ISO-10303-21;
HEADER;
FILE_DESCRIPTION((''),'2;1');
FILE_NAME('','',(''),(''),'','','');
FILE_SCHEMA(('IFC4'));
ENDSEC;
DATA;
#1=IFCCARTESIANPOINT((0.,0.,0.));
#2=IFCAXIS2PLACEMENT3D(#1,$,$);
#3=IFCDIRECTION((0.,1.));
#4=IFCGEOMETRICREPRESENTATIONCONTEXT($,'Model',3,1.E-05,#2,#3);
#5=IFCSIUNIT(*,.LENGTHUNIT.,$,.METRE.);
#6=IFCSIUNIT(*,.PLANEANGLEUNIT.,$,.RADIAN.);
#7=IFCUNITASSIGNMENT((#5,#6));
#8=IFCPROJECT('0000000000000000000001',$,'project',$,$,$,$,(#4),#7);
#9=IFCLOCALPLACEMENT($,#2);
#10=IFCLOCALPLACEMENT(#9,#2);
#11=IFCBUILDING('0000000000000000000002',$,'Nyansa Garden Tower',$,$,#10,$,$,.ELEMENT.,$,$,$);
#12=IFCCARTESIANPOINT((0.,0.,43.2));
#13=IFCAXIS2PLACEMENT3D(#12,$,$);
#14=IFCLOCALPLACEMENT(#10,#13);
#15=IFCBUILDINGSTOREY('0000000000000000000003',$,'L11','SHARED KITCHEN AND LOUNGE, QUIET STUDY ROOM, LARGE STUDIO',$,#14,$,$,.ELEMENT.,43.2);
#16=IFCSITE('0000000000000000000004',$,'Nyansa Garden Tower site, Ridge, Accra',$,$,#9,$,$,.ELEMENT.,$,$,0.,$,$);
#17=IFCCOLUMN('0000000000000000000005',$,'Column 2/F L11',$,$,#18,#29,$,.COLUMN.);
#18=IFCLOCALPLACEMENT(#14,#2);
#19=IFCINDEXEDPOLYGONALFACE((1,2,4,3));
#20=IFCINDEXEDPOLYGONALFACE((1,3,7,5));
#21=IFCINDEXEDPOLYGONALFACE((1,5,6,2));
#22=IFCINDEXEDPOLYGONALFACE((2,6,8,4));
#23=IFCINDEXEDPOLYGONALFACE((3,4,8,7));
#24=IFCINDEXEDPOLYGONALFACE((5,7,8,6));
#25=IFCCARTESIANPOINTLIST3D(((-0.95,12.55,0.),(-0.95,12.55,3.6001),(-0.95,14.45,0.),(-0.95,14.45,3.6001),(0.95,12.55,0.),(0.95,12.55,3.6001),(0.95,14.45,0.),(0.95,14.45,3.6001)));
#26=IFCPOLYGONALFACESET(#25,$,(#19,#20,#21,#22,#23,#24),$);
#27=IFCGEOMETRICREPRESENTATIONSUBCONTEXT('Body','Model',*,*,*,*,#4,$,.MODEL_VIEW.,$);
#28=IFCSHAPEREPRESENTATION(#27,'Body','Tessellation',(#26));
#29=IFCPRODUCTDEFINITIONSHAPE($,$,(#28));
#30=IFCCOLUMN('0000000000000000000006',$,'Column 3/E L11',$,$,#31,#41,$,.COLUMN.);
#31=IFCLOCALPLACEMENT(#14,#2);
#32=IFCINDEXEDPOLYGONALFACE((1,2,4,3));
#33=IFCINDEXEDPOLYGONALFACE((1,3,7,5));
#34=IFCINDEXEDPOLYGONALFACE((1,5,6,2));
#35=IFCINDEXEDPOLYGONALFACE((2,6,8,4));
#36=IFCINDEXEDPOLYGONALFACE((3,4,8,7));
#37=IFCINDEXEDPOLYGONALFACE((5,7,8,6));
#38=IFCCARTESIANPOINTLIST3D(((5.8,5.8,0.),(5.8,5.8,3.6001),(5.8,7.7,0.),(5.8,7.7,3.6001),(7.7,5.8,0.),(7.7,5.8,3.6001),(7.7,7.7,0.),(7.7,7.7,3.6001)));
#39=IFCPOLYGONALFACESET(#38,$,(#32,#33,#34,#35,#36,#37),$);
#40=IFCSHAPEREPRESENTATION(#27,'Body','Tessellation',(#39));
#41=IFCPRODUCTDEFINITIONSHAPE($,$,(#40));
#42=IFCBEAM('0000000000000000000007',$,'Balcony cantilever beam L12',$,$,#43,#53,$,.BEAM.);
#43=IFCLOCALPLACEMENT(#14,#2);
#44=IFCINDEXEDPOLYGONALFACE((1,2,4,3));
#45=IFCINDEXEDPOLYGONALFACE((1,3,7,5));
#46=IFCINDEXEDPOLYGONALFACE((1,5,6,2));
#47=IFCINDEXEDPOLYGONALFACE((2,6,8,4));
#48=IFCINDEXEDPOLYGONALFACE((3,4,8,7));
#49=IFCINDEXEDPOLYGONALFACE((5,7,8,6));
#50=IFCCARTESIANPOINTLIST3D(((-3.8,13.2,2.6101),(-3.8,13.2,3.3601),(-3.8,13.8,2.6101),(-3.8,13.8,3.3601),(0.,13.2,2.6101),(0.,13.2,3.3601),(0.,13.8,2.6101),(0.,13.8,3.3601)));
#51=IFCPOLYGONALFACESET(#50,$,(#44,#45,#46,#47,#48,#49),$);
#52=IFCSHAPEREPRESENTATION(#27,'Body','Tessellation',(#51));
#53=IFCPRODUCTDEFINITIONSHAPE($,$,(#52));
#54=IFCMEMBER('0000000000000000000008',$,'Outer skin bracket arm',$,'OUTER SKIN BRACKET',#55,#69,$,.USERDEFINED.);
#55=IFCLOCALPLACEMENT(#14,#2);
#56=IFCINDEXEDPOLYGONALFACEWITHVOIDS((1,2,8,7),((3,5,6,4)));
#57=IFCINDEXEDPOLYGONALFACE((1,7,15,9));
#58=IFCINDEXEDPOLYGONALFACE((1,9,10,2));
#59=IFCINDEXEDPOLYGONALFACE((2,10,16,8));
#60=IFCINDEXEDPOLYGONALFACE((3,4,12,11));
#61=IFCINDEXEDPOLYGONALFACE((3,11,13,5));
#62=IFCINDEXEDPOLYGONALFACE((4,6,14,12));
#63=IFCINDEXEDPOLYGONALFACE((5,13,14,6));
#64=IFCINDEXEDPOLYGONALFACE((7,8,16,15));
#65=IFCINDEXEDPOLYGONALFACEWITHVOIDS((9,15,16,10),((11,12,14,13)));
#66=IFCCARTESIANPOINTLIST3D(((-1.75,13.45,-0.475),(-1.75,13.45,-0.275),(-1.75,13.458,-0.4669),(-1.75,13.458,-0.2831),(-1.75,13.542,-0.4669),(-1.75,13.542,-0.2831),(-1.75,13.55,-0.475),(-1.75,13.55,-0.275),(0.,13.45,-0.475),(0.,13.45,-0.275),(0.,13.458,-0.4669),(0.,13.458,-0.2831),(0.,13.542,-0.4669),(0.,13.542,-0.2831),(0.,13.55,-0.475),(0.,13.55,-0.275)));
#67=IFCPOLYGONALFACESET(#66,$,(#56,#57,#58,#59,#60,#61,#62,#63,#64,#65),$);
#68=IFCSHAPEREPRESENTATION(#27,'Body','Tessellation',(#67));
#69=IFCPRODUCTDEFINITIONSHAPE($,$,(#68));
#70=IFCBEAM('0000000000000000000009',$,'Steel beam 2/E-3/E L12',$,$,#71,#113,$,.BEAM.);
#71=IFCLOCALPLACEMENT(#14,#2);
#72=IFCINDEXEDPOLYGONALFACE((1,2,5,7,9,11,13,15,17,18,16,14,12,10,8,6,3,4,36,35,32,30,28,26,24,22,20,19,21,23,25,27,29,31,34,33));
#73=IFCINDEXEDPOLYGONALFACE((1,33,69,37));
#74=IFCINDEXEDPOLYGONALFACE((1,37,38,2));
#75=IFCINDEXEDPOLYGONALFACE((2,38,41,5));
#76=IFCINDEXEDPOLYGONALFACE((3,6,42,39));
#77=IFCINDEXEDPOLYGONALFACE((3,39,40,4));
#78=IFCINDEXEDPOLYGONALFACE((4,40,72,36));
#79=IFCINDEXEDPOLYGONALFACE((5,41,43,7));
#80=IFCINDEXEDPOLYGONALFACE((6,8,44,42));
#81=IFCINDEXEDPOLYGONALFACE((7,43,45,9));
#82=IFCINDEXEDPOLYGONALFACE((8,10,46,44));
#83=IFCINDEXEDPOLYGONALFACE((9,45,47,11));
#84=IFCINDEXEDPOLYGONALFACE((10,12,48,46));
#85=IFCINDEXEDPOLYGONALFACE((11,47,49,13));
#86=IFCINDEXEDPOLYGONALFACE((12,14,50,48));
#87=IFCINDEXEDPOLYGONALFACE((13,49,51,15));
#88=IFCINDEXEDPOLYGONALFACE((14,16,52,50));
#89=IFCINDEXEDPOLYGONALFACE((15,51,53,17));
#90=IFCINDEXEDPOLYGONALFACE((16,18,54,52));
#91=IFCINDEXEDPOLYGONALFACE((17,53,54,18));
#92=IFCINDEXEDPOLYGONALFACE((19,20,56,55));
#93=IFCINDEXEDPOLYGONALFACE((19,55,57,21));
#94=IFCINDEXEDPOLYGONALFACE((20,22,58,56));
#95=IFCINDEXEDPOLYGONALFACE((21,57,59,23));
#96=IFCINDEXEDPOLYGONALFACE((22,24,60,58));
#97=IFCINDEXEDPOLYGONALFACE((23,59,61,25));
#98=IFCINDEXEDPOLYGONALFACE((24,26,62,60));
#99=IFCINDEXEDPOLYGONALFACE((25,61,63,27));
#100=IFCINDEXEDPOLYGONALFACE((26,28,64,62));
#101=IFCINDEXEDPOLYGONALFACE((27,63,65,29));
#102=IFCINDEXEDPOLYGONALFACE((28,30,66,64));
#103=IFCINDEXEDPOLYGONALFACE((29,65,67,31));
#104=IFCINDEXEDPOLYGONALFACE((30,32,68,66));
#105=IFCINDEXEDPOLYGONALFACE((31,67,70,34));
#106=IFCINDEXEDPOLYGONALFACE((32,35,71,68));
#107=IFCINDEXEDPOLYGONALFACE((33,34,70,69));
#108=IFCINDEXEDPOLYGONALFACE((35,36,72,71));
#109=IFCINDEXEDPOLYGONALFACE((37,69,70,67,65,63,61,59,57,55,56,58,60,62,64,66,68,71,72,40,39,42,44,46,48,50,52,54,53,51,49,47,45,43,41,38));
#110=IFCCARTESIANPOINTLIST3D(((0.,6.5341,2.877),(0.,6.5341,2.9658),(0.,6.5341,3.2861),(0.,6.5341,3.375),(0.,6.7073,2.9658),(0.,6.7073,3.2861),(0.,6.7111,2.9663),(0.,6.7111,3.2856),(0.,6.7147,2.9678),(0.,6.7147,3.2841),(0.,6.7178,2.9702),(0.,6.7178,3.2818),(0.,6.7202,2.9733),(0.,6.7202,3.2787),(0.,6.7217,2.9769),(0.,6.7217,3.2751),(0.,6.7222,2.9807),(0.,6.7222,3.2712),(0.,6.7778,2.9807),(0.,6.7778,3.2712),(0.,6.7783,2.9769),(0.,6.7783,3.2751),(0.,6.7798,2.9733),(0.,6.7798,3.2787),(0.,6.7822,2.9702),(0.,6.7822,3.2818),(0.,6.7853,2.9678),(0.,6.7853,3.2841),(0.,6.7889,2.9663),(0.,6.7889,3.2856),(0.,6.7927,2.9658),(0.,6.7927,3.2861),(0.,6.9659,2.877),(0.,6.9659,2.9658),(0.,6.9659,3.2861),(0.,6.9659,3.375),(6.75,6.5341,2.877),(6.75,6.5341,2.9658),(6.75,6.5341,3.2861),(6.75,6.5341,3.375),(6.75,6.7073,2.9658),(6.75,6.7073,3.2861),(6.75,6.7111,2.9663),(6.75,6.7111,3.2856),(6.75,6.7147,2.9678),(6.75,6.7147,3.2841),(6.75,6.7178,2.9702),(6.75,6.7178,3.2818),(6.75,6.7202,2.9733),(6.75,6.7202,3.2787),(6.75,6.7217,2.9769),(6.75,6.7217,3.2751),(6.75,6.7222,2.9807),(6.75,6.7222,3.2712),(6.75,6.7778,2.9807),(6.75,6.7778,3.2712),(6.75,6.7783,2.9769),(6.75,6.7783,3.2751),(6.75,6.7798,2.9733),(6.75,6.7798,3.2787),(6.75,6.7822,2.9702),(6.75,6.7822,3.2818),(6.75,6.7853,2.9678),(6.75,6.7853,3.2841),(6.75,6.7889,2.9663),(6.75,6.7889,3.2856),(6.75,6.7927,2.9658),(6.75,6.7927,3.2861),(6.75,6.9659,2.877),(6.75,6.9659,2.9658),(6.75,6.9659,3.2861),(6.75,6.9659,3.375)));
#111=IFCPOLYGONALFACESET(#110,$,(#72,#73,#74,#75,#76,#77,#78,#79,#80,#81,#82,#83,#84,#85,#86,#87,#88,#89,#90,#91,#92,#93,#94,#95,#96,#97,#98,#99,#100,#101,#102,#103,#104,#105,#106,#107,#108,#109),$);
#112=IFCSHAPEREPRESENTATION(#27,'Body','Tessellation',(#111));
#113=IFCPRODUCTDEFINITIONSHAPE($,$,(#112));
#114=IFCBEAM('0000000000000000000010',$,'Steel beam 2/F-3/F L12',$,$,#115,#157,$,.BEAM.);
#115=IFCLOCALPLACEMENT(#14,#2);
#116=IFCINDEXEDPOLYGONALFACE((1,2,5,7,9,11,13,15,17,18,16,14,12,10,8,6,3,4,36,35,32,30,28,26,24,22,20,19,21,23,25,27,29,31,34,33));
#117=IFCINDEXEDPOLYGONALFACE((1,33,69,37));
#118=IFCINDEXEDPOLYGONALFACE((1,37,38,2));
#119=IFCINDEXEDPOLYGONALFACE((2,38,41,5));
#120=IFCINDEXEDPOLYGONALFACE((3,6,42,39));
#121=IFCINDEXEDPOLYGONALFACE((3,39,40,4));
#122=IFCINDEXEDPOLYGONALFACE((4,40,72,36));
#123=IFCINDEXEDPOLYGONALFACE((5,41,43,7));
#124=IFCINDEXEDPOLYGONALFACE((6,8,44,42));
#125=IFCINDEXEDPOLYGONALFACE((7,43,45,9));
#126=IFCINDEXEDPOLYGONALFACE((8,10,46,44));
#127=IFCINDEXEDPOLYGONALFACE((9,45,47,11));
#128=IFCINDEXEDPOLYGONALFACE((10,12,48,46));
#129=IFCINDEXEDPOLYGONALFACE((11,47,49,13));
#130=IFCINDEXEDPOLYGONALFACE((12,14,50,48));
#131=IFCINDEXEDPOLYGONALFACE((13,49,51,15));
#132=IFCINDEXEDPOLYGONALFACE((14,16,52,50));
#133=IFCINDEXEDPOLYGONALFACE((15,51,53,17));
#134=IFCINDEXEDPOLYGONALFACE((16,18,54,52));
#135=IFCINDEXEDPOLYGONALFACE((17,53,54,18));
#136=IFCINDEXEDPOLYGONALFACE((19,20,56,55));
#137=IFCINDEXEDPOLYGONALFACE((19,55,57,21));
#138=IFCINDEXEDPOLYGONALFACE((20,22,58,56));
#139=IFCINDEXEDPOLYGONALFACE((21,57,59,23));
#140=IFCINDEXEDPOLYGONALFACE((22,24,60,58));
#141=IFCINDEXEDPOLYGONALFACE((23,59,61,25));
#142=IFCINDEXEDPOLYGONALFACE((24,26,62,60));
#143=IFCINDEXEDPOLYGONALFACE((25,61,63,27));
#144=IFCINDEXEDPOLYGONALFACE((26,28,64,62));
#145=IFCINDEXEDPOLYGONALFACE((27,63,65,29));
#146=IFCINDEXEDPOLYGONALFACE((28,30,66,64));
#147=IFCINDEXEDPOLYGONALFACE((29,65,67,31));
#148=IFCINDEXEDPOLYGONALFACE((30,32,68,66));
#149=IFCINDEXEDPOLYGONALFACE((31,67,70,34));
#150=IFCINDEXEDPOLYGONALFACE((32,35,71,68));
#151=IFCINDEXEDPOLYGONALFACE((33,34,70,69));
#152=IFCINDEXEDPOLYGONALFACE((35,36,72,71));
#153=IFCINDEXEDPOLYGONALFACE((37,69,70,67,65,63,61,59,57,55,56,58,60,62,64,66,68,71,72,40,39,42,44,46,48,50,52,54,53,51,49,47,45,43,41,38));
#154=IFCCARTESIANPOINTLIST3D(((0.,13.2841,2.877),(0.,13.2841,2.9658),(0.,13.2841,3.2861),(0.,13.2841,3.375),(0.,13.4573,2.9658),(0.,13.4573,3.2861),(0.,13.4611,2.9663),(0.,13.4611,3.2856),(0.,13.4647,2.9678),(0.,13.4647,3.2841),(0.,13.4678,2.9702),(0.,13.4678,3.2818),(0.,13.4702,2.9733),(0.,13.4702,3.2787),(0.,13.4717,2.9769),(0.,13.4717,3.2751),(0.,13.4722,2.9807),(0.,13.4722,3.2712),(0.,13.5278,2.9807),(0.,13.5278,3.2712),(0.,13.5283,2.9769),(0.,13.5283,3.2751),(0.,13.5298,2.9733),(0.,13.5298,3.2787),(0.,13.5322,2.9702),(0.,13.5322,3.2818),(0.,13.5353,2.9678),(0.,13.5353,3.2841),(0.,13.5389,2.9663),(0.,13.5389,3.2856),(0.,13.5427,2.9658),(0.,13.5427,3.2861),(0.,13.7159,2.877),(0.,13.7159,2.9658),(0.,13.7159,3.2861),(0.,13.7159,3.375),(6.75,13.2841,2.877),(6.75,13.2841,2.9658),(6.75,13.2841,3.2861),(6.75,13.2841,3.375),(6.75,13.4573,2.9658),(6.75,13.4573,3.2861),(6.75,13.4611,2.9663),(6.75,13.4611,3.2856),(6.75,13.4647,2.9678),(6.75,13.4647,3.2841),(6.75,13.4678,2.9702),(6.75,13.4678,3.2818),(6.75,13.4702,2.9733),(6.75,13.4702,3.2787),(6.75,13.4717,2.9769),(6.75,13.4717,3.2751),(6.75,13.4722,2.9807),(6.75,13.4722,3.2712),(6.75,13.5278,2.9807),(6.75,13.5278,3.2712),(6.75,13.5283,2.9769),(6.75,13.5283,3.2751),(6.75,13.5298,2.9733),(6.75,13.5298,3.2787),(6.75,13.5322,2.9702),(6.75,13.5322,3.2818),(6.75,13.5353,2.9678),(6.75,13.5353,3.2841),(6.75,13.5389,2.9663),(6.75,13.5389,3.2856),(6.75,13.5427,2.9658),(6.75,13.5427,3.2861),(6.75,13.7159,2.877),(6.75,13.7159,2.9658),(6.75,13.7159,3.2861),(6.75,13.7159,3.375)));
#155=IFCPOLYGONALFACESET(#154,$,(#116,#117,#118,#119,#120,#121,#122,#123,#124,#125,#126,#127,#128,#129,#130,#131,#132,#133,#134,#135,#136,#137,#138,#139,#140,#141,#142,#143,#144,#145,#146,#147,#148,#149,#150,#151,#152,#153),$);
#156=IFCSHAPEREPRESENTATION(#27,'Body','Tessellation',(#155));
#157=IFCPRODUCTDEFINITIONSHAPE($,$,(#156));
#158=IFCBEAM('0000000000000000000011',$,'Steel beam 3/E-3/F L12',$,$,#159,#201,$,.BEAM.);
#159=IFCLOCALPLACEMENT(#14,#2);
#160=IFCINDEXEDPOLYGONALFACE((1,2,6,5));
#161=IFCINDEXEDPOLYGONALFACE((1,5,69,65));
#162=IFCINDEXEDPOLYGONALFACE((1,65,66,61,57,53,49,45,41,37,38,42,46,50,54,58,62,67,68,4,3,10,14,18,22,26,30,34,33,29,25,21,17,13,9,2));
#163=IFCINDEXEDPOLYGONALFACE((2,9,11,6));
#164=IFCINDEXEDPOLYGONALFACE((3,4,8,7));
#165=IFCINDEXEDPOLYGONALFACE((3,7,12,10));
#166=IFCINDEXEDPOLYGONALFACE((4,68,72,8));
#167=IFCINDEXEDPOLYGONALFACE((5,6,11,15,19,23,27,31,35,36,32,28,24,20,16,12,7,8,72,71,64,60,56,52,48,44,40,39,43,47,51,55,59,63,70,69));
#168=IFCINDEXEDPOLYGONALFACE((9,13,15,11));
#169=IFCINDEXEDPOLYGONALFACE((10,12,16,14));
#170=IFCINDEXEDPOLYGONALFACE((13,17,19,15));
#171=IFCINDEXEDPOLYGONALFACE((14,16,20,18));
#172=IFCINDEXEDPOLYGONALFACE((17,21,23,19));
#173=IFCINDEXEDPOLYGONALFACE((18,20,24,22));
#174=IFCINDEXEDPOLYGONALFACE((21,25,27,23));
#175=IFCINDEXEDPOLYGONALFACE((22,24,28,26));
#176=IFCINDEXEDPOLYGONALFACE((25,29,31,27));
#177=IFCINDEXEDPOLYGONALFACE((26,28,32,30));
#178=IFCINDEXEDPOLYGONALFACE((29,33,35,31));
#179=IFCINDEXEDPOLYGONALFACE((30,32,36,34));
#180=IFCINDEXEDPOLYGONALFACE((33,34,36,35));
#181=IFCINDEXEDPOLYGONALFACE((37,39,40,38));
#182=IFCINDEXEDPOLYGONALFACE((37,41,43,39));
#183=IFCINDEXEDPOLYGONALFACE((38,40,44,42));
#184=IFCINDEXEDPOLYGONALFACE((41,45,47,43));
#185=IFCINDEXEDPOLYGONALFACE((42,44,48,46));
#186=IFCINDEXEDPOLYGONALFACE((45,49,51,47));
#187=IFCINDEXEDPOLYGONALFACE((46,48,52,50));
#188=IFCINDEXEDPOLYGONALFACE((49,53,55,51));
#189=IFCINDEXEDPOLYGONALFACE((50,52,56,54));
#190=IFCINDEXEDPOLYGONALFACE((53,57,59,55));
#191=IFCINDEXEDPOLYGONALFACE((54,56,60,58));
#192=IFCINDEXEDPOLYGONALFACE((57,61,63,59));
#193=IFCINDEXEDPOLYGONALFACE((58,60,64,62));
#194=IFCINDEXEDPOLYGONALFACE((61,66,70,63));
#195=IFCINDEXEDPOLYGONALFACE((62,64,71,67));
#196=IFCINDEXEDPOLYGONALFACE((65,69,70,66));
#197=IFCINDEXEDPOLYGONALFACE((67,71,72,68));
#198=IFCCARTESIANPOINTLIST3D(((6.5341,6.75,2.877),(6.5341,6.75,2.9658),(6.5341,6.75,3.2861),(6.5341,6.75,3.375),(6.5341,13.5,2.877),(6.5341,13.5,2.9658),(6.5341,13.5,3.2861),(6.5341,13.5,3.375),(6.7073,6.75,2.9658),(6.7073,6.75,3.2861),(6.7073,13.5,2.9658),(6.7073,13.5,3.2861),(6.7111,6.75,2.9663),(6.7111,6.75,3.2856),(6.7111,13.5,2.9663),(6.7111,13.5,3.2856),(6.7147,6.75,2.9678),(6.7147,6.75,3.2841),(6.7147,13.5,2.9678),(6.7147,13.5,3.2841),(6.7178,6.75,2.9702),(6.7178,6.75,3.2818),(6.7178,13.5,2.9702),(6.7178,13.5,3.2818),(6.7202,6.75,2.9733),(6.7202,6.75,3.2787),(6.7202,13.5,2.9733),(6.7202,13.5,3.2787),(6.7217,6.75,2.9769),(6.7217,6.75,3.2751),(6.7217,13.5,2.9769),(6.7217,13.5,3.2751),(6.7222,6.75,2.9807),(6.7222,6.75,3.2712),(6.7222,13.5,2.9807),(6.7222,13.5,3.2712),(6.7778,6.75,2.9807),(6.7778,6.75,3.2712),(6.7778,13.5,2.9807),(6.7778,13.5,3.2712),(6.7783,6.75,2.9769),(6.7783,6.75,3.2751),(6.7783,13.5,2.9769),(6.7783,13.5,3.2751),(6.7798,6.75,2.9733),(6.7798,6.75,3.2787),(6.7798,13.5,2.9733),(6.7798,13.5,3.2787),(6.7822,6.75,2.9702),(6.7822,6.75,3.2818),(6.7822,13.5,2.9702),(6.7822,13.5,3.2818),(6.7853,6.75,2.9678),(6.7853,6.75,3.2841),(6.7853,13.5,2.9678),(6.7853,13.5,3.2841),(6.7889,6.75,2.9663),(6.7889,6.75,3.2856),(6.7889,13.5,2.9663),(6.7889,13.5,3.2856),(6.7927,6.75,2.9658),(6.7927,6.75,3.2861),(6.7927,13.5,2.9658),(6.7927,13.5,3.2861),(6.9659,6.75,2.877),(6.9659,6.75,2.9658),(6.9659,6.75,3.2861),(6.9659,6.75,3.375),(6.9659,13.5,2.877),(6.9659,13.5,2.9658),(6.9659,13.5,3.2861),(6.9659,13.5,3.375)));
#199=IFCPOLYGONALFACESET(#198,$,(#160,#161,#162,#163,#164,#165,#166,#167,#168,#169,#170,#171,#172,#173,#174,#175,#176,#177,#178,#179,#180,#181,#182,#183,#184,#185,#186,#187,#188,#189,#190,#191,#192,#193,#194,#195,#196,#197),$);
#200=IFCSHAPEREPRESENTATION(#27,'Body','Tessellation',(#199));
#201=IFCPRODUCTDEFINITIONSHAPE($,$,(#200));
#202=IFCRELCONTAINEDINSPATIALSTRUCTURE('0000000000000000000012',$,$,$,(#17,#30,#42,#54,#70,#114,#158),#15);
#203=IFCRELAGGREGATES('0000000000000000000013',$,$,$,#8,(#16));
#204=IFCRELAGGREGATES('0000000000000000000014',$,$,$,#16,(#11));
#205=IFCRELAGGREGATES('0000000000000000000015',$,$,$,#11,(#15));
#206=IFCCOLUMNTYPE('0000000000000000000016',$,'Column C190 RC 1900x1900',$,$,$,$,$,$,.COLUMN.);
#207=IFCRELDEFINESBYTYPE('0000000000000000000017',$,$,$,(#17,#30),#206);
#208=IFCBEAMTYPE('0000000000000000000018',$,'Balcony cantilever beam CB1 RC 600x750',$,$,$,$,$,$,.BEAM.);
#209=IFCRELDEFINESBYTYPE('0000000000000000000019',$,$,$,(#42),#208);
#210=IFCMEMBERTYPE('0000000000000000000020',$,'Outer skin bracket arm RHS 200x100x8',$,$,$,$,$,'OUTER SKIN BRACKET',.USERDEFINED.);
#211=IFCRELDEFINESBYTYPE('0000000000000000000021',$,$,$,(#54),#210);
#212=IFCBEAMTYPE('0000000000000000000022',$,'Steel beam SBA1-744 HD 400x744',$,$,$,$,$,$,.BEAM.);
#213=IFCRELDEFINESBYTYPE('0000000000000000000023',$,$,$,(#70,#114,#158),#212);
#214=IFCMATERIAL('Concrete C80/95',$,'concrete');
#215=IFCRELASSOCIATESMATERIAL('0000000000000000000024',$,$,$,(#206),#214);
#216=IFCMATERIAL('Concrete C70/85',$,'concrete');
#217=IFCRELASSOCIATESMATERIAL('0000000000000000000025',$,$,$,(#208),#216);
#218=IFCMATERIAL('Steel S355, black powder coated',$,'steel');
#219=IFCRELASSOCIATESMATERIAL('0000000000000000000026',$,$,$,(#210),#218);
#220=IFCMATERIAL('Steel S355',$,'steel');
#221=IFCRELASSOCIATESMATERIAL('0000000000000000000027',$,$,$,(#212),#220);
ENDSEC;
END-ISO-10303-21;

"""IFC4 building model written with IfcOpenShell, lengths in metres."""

from ifc_helpers import new_model, si_unit, direction, frame, origin, origin_2d, place, context, subcontext, project, spatial, rectangle, hollow_rectangle, i_section, extrude, material, material_profile, profile_set, type_object, element, save


model = new_model("IFC4")

# Units and contexts
model_context = context("Model", 3, precision=1e-05, world=origin(), true_north=direction((0.0, 1.0)))
body_context = subcontext(model_context, "Body", "Model", "MODEL_VIEW")
ifc_project = project(units=[si_unit("LENGTHUNIT", "METRE"), si_unit("PLANEANGLEUNIT", "RADIAN")], contexts=[model_context])

# Site, building, storey
site_placement = place(None, origin())
site = spatial("IfcSite", under=ifc_project, at=site_placement, Name="Nyansa Garden Tower site, Ridge, Accra", CompositionType="ELEMENT", RefElevation=0.0)
building_placement = place(site_placement, origin())
building = spatial("IfcBuilding", under=site, at=building_placement, Name="Nyansa Garden Tower", CompositionType="ELEMENT")
storey_placement = place(building_placement, frame((0.0, 0.0, 43.2)))
storey = spatial("IfcBuildingStorey", under=building, at=storey_placement, Name="L11", Description="SHARED KITCHEN AND LOUNGE, QUIET STUDY ROOM, LARGE STUDIO", CompositionType="ELEMENT", Elevation=43.2)

# Columns
ifc_material_1 = material(Name="Concrete C80/95", Category="concrete")
ifc_material_profile_1 = material_profile(ifc_material_1, rectangle(XDim=1.8999, YDim=1.8999, at=origin_2d()), Name="RC 1900x1900")
ifc_profile_set_1 = profile_set([ifc_material_profile_1], Name="Concrete C80/95")
column_type = type_object("IfcColumnType", Name="Column C190 RC 1900x1900", PredefinedType="COLUMN", material=ifc_profile_set_1)
for number, where, z_axis, x_axis, name in (
    (1, (0.0, 13.5, 0.0), (0.0, 0.0, 1.0), (1.0, 0.0, 0.0), "Column 2/F L11"),
    (2, (6.75, 6.75, 0.0), (0.0, 0.0, 1.0), (1.0, 0.0, 0.0), "Column 3/E L11"),
):
    element("IfcColumn", number, at=place(storey_placement, frame(where, z_axis=z_axis, x_axis=x_axis)), inside=storey, type_object=column_type, Name=name, PredefinedType="COLUMN", context=body_context, shape_type="SweptSolid", body=[
        extrude(rectangle(XDim=1.8999, YDim=1.8999, at=origin_2d()), origin(), (0.0, 0.0, 1.0), 3.6001),
    ])

# Beam
ifc_material_2 = material(Name="Concrete C70/85", Category="concrete")
ifc_material_profile_2 = material_profile(ifc_material_2, rectangle(XDim=0.6001, YDim=0.75, at=origin_2d()), Name="RC 600x750")
ifc_profile_set_2 = profile_set([ifc_material_profile_2], Name="Concrete C70/85")
beam_type_1 = type_object("IfcBeamType", Name="Balcony cantilever beam CB1 RC 600x750", PredefinedType="BEAM", material=ifc_profile_set_2)
beam_placement = place(storey_placement, frame((0.0, 13.5, 2.9851), z_axis=(-1.0, 0.0, 0.0), x_axis=(0.0, -1.0, 0.0)))
element("IfcBeam", 3, at=beam_placement, inside=storey, type_object=beam_type_1, Name="Balcony cantilever beam L12", PredefinedType="BEAM", context=body_context, shape_type="SweptSolid", body=[
    extrude(rectangle(XDim=0.6001, YDim=0.75, at=origin_2d()), origin(), (0.0, 0.0, 1.0), 3.8),
])

# Member
ifc_material_3 = material(Name="Steel S355, black powder coated", Category="steel")
ifc_material_profile_3 = material_profile(ifc_material_3, hollow_rectangle(XDim=0.1001, YDim=0.2, WallThickness=0.0081, at=origin_2d()), Name="RHS 200x100x8")
ifc_profile_set_3 = profile_set([ifc_material_profile_3], Name="Steel S355, black powder coated")
member_type = type_object("IfcMemberType", Name="Outer skin bracket arm RHS 200x100x8", ElementType="OUTER SKIN BRACKET", PredefinedType="USERDEFINED", material=ifc_profile_set_3)
member_placement = place(storey_placement, frame((0.0, 13.5, -0.375), z_axis=(-1.0, 0.0, 0.0), x_axis=(0.0, -1.0, 0.0)))
element("IfcMember", 4, at=member_placement, inside=storey, type_object=member_type, Name="Outer skin bracket arm", ObjectType="OUTER SKIN BRACKET", PredefinedType="USERDEFINED", context=body_context, shape_type="SweptSolid", body=[
    extrude(hollow_rectangle(XDim=0.1001, YDim=0.2, WallThickness=0.0081, at=origin_2d()), origin(), (0.0, 0.0, 1.0), 1.75),
])

# Beams
ifc_material_4 = material(Name="Steel S355", Category="steel")
ifc_material_profile_4 = material_profile(ifc_material_4, i_section(OverallWidth=0.4319, OverallDepth=0.498, WebThickness=0.0557, FlangeThickness=0.0889, FilletRadius=0.0149, at=origin_2d()), Name="HD 400x744")
ifc_profile_set_4 = profile_set([ifc_material_profile_4], Name="Steel S355")
beam_type_2 = type_object("IfcBeamType", Name="Steel beam SBA1-744 HD 400x744", PredefinedType="BEAM", material=ifc_profile_set_4)
for number, where, z_axis, x_axis, name in (
    (5, (0.0, 6.75, 3.126), (1.0, 0.0, 0.0), (0.0, 1.0, 0.0), "Steel beam 2/E-3/E L12"),
    (6, (0.0, 13.5, 3.126), (1.0, 0.0, 0.0), (0.0, 1.0, 0.0), "Steel beam 2/F-3/F L12"),
    (7, (6.75, 6.75, 3.126), (0.0, 1.0, 0.0), (-1.0, 0.0, 0.0), "Steel beam 3/E-3/F L12"),
):
    element("IfcBeam", number, at=place(storey_placement, frame(where, z_axis=z_axis, x_axis=x_axis)), inside=storey, type_object=beam_type_2, Name=name, PredefinedType="BEAM", context=body_context, shape_type="SweptSolid", body=[
        extrude(i_section(OverallWidth=0.4319, OverallDepth=0.498, WebThickness=0.0557, FlangeThickness=0.0889, FilletRadius=0.0149, at=origin_2d()), origin(), (0.0, 0.0, 1.0), 6.75),
    ])

save(model, "model.ifc")
